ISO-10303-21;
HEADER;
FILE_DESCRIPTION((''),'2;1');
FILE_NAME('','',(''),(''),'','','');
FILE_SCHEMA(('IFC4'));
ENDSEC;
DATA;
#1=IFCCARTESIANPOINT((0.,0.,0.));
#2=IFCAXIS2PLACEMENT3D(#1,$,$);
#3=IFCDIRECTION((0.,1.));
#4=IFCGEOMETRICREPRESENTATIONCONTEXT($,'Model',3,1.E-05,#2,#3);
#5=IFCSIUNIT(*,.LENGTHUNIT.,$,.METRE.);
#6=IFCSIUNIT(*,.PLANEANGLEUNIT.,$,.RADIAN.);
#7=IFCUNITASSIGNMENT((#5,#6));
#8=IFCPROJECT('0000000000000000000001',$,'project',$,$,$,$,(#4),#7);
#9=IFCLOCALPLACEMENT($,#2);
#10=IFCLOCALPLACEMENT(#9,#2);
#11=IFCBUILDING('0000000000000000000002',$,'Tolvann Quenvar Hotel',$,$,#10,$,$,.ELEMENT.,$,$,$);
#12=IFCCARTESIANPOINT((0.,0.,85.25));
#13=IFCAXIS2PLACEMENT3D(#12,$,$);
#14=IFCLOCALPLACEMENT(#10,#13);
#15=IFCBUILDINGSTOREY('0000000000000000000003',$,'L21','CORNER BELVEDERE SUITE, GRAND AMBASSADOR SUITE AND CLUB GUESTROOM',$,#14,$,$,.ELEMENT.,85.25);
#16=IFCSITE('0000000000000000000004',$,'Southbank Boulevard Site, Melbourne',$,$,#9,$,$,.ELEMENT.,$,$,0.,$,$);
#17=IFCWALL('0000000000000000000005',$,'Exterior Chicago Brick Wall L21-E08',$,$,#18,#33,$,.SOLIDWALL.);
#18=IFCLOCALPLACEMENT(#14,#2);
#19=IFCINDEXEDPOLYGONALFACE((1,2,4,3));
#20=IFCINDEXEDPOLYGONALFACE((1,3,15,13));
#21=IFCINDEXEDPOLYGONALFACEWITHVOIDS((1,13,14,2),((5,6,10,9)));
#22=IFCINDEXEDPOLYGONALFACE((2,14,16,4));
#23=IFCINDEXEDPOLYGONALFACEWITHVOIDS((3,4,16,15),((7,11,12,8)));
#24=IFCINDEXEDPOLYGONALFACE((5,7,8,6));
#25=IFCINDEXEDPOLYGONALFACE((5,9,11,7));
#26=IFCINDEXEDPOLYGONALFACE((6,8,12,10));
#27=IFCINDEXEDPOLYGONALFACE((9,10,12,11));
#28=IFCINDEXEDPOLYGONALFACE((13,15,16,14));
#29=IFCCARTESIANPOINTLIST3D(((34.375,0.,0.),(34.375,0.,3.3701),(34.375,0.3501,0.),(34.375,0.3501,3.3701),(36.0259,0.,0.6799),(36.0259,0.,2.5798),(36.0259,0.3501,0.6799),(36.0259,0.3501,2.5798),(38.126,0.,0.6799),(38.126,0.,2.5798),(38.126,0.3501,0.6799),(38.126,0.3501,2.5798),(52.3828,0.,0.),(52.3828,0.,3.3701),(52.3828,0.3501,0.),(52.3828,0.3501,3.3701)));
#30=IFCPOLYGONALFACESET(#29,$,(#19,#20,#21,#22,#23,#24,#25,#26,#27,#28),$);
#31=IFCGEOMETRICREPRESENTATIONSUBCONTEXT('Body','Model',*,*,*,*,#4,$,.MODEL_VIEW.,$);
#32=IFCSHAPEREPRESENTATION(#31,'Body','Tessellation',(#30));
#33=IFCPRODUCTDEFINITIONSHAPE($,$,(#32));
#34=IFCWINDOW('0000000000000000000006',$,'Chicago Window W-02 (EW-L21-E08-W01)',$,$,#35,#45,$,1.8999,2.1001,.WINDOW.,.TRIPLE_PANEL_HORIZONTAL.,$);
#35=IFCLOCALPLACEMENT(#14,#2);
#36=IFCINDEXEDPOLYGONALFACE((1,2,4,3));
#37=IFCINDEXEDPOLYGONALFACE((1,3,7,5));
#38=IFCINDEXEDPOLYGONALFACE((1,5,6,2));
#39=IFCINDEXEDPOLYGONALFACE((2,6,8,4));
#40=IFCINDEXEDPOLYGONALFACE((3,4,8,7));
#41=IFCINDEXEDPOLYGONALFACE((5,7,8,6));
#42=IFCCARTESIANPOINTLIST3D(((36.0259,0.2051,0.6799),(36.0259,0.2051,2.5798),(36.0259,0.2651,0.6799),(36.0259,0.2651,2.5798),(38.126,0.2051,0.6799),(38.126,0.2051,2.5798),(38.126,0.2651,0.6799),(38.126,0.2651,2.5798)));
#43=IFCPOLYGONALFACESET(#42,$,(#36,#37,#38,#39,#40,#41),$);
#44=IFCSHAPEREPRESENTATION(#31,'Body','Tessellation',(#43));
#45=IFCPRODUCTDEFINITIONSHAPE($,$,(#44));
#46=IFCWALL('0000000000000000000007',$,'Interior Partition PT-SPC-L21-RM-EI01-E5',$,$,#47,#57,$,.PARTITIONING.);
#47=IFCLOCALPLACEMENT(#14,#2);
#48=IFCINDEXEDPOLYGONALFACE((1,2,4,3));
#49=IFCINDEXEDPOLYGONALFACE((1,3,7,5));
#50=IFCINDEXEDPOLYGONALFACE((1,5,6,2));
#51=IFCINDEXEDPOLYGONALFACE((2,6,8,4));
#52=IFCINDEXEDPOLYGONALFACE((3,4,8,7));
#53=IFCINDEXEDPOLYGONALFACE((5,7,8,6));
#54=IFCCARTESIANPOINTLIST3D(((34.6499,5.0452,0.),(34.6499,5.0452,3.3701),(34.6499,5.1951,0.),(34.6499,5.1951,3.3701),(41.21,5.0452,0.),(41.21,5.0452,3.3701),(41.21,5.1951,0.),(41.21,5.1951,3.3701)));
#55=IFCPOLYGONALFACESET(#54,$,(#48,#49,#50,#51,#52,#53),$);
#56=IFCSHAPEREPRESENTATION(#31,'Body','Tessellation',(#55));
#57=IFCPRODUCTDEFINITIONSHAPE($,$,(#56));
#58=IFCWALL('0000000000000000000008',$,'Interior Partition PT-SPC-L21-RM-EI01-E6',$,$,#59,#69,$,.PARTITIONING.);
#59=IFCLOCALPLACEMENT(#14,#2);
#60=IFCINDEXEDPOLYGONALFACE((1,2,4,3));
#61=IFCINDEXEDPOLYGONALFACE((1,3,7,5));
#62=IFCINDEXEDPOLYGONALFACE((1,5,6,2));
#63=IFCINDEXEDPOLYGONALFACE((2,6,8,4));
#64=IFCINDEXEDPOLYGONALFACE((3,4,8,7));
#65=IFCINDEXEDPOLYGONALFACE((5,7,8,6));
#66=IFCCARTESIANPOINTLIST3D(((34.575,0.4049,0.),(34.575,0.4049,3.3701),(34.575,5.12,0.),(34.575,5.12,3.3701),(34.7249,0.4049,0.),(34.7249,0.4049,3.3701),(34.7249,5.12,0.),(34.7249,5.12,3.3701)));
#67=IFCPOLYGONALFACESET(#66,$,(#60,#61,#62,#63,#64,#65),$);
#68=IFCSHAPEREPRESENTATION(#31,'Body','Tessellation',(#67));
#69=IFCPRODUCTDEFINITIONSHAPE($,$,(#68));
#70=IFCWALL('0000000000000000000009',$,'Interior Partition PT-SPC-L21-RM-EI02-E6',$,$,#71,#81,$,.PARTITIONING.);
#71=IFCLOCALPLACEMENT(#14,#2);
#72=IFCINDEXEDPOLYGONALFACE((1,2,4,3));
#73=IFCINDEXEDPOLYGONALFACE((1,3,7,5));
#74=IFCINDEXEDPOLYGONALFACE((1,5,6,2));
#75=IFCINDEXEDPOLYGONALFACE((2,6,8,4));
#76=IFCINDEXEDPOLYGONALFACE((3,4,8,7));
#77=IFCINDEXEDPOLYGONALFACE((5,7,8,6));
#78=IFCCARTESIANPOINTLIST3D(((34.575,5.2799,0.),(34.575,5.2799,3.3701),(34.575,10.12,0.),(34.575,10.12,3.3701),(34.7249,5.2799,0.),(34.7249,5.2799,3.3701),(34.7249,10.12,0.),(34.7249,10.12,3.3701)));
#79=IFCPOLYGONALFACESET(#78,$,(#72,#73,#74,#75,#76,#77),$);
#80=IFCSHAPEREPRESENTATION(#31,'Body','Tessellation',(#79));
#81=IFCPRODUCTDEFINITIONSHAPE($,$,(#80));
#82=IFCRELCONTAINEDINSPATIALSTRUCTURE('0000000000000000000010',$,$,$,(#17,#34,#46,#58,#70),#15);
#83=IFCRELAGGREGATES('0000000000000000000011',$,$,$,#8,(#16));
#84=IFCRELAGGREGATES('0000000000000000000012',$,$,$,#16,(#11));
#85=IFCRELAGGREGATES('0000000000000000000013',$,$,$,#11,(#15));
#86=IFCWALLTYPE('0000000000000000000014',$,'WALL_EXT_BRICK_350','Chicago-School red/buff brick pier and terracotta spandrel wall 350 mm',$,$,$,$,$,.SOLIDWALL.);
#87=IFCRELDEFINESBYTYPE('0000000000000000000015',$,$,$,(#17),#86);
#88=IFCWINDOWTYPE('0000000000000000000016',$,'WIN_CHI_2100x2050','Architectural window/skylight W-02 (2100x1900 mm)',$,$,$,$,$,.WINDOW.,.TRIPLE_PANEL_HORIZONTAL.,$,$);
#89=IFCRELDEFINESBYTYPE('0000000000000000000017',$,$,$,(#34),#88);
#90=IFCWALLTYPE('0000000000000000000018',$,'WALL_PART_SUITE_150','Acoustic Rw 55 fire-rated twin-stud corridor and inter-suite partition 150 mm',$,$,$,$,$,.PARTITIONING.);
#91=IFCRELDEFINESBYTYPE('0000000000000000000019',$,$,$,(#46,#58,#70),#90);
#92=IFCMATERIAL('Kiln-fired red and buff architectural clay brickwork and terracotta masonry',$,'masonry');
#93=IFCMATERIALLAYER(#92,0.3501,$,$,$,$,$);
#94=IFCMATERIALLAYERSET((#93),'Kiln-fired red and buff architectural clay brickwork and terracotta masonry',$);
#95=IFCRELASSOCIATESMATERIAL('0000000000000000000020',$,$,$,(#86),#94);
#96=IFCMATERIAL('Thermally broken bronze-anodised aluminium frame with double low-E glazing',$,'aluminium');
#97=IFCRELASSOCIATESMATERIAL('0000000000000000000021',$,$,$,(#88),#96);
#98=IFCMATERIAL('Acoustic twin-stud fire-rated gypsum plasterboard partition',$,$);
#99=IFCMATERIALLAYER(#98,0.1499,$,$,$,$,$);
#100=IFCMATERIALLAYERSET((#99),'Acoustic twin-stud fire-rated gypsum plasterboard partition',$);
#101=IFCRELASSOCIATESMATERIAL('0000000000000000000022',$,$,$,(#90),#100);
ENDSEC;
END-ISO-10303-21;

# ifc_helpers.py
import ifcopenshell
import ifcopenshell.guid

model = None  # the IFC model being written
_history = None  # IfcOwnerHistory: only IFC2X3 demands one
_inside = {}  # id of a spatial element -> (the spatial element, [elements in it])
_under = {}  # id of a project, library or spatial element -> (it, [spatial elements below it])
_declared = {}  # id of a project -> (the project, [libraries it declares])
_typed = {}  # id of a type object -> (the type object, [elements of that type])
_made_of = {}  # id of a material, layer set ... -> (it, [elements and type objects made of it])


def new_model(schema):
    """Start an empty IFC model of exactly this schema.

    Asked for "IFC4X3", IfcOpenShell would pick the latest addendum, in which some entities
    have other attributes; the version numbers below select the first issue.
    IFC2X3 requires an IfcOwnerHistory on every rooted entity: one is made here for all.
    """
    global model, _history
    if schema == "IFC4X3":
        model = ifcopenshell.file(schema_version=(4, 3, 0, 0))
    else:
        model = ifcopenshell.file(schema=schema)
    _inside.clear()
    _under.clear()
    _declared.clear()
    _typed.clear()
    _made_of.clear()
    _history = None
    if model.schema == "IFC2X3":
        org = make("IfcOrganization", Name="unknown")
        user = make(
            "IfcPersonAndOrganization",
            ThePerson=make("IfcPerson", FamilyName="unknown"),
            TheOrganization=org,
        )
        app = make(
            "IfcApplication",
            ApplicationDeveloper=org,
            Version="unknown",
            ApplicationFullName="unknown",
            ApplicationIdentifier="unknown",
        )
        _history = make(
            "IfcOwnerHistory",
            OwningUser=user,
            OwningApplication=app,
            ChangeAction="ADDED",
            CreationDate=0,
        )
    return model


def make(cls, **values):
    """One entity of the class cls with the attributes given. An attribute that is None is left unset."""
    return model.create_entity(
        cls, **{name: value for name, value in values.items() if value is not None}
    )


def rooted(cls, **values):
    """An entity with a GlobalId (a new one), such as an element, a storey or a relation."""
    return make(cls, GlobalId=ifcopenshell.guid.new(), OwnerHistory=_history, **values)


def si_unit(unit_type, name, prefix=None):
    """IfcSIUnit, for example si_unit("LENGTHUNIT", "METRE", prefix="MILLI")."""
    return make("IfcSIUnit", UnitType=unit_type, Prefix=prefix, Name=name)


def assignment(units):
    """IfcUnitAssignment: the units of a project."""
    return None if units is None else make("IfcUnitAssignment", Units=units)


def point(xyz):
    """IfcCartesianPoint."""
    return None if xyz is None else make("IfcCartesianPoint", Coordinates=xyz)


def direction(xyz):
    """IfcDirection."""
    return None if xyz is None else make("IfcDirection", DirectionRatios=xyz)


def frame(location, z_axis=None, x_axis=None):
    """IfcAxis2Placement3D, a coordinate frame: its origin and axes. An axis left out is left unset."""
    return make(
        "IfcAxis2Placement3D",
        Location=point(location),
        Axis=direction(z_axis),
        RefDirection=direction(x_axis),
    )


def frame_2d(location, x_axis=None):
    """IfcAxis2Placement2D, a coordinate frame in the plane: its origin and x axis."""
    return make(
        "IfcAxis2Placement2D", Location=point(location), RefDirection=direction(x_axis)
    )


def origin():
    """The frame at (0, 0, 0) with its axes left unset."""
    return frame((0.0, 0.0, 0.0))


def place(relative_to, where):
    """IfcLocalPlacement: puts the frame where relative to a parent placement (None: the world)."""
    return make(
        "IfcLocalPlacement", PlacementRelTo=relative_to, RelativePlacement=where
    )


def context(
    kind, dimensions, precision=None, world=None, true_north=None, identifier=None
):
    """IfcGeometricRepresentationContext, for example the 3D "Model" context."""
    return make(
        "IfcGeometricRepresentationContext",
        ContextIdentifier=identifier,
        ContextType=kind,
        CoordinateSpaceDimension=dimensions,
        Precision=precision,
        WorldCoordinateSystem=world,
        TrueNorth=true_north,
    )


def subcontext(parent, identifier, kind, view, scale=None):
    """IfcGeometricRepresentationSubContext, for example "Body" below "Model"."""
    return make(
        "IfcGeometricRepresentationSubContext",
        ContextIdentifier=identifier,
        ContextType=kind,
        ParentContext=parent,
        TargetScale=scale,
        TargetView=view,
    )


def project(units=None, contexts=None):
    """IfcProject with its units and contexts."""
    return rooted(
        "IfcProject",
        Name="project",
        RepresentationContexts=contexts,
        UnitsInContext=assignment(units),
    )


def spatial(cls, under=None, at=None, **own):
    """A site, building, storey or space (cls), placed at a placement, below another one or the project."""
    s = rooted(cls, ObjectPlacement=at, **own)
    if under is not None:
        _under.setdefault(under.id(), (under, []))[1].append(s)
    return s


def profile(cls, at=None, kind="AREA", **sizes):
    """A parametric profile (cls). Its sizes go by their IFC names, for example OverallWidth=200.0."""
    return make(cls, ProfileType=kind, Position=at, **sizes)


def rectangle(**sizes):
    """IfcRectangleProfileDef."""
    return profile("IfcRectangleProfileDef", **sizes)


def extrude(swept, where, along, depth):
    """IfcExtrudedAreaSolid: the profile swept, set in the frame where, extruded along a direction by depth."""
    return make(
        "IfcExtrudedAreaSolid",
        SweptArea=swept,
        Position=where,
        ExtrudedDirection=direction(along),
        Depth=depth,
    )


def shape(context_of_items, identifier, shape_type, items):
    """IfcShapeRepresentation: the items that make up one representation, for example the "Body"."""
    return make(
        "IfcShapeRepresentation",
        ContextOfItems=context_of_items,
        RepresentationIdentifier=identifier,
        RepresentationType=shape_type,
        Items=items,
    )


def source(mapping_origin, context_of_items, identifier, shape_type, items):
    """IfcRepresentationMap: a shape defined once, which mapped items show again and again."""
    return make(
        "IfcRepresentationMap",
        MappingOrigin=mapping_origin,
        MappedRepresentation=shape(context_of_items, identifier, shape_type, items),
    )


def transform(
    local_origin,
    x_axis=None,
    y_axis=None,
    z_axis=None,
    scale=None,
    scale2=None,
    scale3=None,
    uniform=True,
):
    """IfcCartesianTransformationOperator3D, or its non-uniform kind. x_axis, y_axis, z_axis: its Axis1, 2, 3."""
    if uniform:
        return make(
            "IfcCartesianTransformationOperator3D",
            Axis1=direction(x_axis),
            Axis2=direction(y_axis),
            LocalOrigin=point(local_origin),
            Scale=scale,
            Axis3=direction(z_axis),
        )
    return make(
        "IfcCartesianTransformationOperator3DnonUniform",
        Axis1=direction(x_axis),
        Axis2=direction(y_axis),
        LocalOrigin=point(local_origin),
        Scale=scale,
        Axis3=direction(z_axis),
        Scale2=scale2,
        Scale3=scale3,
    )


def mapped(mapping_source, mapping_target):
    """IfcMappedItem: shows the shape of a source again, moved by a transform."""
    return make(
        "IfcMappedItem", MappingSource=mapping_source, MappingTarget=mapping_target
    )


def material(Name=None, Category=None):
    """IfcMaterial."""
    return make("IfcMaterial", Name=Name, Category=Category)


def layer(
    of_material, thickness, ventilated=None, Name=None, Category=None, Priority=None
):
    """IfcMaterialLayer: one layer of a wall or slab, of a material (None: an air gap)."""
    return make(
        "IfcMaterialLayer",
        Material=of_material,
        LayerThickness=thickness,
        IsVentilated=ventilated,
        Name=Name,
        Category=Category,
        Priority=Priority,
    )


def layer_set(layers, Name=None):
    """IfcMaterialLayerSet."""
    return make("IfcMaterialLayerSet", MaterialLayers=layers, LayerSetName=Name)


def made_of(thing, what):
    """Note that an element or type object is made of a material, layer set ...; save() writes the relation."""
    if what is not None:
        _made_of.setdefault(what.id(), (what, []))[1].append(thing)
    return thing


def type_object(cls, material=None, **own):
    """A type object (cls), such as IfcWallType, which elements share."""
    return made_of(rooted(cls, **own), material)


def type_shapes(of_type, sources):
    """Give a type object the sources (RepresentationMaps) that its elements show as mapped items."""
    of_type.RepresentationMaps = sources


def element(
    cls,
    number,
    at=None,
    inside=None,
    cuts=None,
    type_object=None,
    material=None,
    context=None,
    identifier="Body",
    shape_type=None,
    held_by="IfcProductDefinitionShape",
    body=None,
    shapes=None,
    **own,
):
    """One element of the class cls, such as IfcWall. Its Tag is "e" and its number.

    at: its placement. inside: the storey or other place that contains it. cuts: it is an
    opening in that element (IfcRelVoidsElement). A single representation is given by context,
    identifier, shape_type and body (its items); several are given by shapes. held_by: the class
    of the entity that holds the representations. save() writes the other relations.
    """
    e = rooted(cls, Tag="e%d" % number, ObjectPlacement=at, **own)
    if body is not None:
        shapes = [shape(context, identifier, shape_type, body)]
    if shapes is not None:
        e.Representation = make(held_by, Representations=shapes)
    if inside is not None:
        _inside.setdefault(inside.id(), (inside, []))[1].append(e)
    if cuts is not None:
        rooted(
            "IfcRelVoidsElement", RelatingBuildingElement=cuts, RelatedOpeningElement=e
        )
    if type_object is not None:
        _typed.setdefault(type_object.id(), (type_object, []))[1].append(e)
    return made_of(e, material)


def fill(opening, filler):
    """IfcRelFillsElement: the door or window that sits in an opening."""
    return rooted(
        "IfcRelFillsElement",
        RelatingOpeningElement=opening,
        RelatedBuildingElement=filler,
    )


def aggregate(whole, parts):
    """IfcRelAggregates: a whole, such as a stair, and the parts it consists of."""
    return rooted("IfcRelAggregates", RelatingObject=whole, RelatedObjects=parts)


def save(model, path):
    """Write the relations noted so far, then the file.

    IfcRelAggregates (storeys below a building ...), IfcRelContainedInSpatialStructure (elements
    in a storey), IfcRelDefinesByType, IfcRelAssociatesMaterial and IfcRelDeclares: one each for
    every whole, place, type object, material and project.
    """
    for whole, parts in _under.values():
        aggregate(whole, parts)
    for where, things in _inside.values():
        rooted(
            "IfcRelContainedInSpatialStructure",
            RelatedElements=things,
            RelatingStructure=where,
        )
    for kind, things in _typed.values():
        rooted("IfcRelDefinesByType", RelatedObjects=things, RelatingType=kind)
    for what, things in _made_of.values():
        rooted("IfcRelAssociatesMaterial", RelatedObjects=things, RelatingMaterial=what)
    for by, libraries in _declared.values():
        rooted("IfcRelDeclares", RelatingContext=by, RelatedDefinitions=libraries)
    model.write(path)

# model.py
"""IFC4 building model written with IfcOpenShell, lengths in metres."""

from ifc_helpers import new_model, si_unit, direction, frame, frame_2d, origin, place, context, subcontext, project, spatial, rectangle, extrude, source, transform, mapped, material, layer, layer_set, type_object, type_shapes, element, fill, save


model = new_model("IFC4")

# Units and contexts
model_context = context("Model", 3, precision=1e-05, world=origin(), true_north=direction((0.0, 1.0)))
body_context = subcontext(model_context, "Body", "Model", "MODEL_VIEW")
ifc_project = project(units=[si_unit("LENGTHUNIT", "METRE"), si_unit("PLANEANGLEUNIT", "RADIAN")], contexts=[model_context])

# Site, building, storey
site_placement = place(None, origin())
site = spatial("IfcSite", under=ifc_project, at=site_placement, Name="Southbank Boulevard Site, Melbourne", CompositionType="ELEMENT", RefElevation=0.0)
building_placement = place(site_placement, origin())
building = spatial("IfcBuilding", under=site, at=building_placement, Name="Tolvann Quenvar Hotel", CompositionType="ELEMENT")
storey_placement = place(building_placement, frame((0.0, 0.0, 85.25)))
storey = spatial("IfcBuildingStorey", under=building, at=storey_placement, Name="L21", Description="CORNER BELVEDERE SUITE, GRAND AMBASSADOR SUITE AND CLUB GUESTROOM", CompositionType="ELEMENT", Elevation=85.25)

# Wall, opening, window
ifc_material_1 = material(Name="Kiln-fired red and buff architectural clay brickwork and terracotta masonry", Category="masonry")
ifc_layer_1 = layer(ifc_material_1, 0.3501)
ifc_layer_set_1 = layer_set([ifc_layer_1], Name="Kiln-fired red and buff architectural clay brickwork and terracotta masonry")
wall_type_1 = type_object("IfcWallType", Name="WALL_EXT_BRICK_350", Description="Chicago-School red/buff brick pier and terracotta spandrel wall 350 mm", PredefinedType="SOLIDWALL", material=ifc_layer_set_1)
wall_1_placement = place(storey_placement, frame((34.375, 0.175, 0.0), z_axis=(0.0, 0.0, 1.0), x_axis=(1.0, 0.0, 0.0)))
wall_1 = element("IfcWall", 1, at=wall_1_placement, inside=storey, type_object=wall_type_1, Name="Exterior Chicago Brick Wall L21-E08", PredefinedType="SOLIDWALL", context=body_context, shape_type="SweptSolid", body=[
    extrude(rectangle(XDim=18.0078, YDim=0.3501, at=frame_2d((9.0039, 0.0))), origin(), (0.0, 0.0, 1.0), 3.3701),
])
opening_placement = place(wall_1_placement, frame((1.6509, 0.0, 0.6799)))
opening = element("IfcOpeningElement", 2, at=opening_placement, cuts=wall_1, PredefinedType="OPENING", context=body_context, shape_type="SweptSolid", body=[
    extrude(rectangle(XDim=2.1001, YDim=1.8999, at=frame_2d((1.05, 0.95))), frame((0.0, 0.1851, 0.0), z_axis=(0.0, -1.0, 0.0), x_axis=(1.0, 0.0, 0.0)), (0.0, 0.0, 1.0), 0.3701),
])
ifc_material_2 = material(Name="Thermally broken bronze-anodised aluminium frame with double low-E glazing", Category="aluminium")
window_type = type_object("IfcWindowType", Name="WIN_CHI_2100x2050", Description="Architectural window/skylight W-02 (2100x1900 mm)", PartitioningType="TRIPLE_PANEL_HORIZONTAL", PredefinedType="WINDOW", material=ifc_material_2)
shared_shape_1 = source(origin(), body_context, "Body", "SweptSolid", [
    extrude(rectangle(XDim=2.1001, YDim=1.8999, at=frame_2d((1.05, 0.95))), frame((0.0, 0.0901, 0.0), z_axis=(0.0, -1.0, 0.0), x_axis=(1.0, 0.0, 0.0)), (0.0, 0.0, 1.0), 0.0601),
])
type_shapes(window_type, [shared_shape_1])
window_placement = place(opening_placement, origin())
window = element("IfcWindow", 3, at=window_placement, inside=storey, type_object=window_type, Name="Chicago Window W-02 (EW-L21-E08-W01)", OverallHeight=1.8999, OverallWidth=2.1001, PartitioningType="TRIPLE_PANEL_HORIZONTAL", PredefinedType="WINDOW", context=body_context, shape_type="MappedRepresentation", body=[
    mapped(shared_shape_1, transform((0.0, 0.0, 0.0), x_axis=(1.0, 0.0, 0.0), y_axis=(0.0, 1.0, 0.0), z_axis=(0.0, 0.0, 1.0), scale=1.0)),
])
fill(opening, window)

# Walls
ifc_material_3 = material(Name="Acoustic twin-stud fire-rated gypsum plasterboard partition")
ifc_layer_2 = layer(ifc_material_3, 0.1499)
ifc_layer_set_2 = layer_set([ifc_layer_2], Name="Acoustic twin-stud fire-rated gypsum plasterboard partition")
wall_type_2 = type_object("IfcWallType", Name="WALL_PART_SUITE_150", Description="Acoustic Rw 55 fire-rated twin-stud corridor and inter-suite partition 150 mm", PredefinedType="PARTITIONING", material=ifc_layer_set_2)
wall_2_placement = place(storey_placement, frame((34.6499, 5.1201, 0.0), z_axis=(0.0, 0.0, 1.0), x_axis=(1.0, 0.0, 0.0)))
element("IfcWall", 4, at=wall_2_placement, inside=storey, type_object=wall_type_2, Name="Interior Partition PT-SPC-L21-RM-EI01-E5", PredefinedType="PARTITIONING", context=body_context, shape_type="SweptSolid", body=[
    extrude(rectangle(XDim=6.5601, YDim=0.1499, at=frame_2d((3.28, 0.0))), origin(), (0.0, 0.0, 1.0), 3.3701),
])
wall_3_placement = place(storey_placement, frame((34.6499, 0.405, 0.0), z_axis=(0.0, 0.0, 1.0), x_axis=(0.0, 1.0, 0.0)))
element("IfcWall", 5, at=wall_3_placement, inside=storey, type_object=wall_type_2, Name="Interior Partition PT-SPC-L21-RM-EI01-E6", PredefinedType="PARTITIONING", context=body_context, shape_type="SweptSolid", body=[
    extrude(rectangle(XDim=4.7151, YDim=0.1499, at=frame_2d((2.3574, 0.0))), origin(), (0.0, 0.0, 1.0), 3.3701),
])
wall_4_placement = place(storey_placement, frame((34.6499, 5.28, 0.0), z_axis=(0.0, 0.0, 1.0), x_axis=(0.0, 1.0, 0.0)))
element("IfcWall", 6, at=wall_4_placement, inside=storey, type_object=wall_type_2, Name="Interior Partition PT-SPC-L21-RM-EI02-E6", PredefinedType="PARTITIONING", context=body_context, shape_type="SweptSolid", body=[
    extrude(rectangle(XDim=4.8401, YDim=0.1499, at=frame_2d((2.4199, 0.0))), origin(), (0.0, 0.0, 1.0), 3.3701),
])

save(model, "model.ifc")
